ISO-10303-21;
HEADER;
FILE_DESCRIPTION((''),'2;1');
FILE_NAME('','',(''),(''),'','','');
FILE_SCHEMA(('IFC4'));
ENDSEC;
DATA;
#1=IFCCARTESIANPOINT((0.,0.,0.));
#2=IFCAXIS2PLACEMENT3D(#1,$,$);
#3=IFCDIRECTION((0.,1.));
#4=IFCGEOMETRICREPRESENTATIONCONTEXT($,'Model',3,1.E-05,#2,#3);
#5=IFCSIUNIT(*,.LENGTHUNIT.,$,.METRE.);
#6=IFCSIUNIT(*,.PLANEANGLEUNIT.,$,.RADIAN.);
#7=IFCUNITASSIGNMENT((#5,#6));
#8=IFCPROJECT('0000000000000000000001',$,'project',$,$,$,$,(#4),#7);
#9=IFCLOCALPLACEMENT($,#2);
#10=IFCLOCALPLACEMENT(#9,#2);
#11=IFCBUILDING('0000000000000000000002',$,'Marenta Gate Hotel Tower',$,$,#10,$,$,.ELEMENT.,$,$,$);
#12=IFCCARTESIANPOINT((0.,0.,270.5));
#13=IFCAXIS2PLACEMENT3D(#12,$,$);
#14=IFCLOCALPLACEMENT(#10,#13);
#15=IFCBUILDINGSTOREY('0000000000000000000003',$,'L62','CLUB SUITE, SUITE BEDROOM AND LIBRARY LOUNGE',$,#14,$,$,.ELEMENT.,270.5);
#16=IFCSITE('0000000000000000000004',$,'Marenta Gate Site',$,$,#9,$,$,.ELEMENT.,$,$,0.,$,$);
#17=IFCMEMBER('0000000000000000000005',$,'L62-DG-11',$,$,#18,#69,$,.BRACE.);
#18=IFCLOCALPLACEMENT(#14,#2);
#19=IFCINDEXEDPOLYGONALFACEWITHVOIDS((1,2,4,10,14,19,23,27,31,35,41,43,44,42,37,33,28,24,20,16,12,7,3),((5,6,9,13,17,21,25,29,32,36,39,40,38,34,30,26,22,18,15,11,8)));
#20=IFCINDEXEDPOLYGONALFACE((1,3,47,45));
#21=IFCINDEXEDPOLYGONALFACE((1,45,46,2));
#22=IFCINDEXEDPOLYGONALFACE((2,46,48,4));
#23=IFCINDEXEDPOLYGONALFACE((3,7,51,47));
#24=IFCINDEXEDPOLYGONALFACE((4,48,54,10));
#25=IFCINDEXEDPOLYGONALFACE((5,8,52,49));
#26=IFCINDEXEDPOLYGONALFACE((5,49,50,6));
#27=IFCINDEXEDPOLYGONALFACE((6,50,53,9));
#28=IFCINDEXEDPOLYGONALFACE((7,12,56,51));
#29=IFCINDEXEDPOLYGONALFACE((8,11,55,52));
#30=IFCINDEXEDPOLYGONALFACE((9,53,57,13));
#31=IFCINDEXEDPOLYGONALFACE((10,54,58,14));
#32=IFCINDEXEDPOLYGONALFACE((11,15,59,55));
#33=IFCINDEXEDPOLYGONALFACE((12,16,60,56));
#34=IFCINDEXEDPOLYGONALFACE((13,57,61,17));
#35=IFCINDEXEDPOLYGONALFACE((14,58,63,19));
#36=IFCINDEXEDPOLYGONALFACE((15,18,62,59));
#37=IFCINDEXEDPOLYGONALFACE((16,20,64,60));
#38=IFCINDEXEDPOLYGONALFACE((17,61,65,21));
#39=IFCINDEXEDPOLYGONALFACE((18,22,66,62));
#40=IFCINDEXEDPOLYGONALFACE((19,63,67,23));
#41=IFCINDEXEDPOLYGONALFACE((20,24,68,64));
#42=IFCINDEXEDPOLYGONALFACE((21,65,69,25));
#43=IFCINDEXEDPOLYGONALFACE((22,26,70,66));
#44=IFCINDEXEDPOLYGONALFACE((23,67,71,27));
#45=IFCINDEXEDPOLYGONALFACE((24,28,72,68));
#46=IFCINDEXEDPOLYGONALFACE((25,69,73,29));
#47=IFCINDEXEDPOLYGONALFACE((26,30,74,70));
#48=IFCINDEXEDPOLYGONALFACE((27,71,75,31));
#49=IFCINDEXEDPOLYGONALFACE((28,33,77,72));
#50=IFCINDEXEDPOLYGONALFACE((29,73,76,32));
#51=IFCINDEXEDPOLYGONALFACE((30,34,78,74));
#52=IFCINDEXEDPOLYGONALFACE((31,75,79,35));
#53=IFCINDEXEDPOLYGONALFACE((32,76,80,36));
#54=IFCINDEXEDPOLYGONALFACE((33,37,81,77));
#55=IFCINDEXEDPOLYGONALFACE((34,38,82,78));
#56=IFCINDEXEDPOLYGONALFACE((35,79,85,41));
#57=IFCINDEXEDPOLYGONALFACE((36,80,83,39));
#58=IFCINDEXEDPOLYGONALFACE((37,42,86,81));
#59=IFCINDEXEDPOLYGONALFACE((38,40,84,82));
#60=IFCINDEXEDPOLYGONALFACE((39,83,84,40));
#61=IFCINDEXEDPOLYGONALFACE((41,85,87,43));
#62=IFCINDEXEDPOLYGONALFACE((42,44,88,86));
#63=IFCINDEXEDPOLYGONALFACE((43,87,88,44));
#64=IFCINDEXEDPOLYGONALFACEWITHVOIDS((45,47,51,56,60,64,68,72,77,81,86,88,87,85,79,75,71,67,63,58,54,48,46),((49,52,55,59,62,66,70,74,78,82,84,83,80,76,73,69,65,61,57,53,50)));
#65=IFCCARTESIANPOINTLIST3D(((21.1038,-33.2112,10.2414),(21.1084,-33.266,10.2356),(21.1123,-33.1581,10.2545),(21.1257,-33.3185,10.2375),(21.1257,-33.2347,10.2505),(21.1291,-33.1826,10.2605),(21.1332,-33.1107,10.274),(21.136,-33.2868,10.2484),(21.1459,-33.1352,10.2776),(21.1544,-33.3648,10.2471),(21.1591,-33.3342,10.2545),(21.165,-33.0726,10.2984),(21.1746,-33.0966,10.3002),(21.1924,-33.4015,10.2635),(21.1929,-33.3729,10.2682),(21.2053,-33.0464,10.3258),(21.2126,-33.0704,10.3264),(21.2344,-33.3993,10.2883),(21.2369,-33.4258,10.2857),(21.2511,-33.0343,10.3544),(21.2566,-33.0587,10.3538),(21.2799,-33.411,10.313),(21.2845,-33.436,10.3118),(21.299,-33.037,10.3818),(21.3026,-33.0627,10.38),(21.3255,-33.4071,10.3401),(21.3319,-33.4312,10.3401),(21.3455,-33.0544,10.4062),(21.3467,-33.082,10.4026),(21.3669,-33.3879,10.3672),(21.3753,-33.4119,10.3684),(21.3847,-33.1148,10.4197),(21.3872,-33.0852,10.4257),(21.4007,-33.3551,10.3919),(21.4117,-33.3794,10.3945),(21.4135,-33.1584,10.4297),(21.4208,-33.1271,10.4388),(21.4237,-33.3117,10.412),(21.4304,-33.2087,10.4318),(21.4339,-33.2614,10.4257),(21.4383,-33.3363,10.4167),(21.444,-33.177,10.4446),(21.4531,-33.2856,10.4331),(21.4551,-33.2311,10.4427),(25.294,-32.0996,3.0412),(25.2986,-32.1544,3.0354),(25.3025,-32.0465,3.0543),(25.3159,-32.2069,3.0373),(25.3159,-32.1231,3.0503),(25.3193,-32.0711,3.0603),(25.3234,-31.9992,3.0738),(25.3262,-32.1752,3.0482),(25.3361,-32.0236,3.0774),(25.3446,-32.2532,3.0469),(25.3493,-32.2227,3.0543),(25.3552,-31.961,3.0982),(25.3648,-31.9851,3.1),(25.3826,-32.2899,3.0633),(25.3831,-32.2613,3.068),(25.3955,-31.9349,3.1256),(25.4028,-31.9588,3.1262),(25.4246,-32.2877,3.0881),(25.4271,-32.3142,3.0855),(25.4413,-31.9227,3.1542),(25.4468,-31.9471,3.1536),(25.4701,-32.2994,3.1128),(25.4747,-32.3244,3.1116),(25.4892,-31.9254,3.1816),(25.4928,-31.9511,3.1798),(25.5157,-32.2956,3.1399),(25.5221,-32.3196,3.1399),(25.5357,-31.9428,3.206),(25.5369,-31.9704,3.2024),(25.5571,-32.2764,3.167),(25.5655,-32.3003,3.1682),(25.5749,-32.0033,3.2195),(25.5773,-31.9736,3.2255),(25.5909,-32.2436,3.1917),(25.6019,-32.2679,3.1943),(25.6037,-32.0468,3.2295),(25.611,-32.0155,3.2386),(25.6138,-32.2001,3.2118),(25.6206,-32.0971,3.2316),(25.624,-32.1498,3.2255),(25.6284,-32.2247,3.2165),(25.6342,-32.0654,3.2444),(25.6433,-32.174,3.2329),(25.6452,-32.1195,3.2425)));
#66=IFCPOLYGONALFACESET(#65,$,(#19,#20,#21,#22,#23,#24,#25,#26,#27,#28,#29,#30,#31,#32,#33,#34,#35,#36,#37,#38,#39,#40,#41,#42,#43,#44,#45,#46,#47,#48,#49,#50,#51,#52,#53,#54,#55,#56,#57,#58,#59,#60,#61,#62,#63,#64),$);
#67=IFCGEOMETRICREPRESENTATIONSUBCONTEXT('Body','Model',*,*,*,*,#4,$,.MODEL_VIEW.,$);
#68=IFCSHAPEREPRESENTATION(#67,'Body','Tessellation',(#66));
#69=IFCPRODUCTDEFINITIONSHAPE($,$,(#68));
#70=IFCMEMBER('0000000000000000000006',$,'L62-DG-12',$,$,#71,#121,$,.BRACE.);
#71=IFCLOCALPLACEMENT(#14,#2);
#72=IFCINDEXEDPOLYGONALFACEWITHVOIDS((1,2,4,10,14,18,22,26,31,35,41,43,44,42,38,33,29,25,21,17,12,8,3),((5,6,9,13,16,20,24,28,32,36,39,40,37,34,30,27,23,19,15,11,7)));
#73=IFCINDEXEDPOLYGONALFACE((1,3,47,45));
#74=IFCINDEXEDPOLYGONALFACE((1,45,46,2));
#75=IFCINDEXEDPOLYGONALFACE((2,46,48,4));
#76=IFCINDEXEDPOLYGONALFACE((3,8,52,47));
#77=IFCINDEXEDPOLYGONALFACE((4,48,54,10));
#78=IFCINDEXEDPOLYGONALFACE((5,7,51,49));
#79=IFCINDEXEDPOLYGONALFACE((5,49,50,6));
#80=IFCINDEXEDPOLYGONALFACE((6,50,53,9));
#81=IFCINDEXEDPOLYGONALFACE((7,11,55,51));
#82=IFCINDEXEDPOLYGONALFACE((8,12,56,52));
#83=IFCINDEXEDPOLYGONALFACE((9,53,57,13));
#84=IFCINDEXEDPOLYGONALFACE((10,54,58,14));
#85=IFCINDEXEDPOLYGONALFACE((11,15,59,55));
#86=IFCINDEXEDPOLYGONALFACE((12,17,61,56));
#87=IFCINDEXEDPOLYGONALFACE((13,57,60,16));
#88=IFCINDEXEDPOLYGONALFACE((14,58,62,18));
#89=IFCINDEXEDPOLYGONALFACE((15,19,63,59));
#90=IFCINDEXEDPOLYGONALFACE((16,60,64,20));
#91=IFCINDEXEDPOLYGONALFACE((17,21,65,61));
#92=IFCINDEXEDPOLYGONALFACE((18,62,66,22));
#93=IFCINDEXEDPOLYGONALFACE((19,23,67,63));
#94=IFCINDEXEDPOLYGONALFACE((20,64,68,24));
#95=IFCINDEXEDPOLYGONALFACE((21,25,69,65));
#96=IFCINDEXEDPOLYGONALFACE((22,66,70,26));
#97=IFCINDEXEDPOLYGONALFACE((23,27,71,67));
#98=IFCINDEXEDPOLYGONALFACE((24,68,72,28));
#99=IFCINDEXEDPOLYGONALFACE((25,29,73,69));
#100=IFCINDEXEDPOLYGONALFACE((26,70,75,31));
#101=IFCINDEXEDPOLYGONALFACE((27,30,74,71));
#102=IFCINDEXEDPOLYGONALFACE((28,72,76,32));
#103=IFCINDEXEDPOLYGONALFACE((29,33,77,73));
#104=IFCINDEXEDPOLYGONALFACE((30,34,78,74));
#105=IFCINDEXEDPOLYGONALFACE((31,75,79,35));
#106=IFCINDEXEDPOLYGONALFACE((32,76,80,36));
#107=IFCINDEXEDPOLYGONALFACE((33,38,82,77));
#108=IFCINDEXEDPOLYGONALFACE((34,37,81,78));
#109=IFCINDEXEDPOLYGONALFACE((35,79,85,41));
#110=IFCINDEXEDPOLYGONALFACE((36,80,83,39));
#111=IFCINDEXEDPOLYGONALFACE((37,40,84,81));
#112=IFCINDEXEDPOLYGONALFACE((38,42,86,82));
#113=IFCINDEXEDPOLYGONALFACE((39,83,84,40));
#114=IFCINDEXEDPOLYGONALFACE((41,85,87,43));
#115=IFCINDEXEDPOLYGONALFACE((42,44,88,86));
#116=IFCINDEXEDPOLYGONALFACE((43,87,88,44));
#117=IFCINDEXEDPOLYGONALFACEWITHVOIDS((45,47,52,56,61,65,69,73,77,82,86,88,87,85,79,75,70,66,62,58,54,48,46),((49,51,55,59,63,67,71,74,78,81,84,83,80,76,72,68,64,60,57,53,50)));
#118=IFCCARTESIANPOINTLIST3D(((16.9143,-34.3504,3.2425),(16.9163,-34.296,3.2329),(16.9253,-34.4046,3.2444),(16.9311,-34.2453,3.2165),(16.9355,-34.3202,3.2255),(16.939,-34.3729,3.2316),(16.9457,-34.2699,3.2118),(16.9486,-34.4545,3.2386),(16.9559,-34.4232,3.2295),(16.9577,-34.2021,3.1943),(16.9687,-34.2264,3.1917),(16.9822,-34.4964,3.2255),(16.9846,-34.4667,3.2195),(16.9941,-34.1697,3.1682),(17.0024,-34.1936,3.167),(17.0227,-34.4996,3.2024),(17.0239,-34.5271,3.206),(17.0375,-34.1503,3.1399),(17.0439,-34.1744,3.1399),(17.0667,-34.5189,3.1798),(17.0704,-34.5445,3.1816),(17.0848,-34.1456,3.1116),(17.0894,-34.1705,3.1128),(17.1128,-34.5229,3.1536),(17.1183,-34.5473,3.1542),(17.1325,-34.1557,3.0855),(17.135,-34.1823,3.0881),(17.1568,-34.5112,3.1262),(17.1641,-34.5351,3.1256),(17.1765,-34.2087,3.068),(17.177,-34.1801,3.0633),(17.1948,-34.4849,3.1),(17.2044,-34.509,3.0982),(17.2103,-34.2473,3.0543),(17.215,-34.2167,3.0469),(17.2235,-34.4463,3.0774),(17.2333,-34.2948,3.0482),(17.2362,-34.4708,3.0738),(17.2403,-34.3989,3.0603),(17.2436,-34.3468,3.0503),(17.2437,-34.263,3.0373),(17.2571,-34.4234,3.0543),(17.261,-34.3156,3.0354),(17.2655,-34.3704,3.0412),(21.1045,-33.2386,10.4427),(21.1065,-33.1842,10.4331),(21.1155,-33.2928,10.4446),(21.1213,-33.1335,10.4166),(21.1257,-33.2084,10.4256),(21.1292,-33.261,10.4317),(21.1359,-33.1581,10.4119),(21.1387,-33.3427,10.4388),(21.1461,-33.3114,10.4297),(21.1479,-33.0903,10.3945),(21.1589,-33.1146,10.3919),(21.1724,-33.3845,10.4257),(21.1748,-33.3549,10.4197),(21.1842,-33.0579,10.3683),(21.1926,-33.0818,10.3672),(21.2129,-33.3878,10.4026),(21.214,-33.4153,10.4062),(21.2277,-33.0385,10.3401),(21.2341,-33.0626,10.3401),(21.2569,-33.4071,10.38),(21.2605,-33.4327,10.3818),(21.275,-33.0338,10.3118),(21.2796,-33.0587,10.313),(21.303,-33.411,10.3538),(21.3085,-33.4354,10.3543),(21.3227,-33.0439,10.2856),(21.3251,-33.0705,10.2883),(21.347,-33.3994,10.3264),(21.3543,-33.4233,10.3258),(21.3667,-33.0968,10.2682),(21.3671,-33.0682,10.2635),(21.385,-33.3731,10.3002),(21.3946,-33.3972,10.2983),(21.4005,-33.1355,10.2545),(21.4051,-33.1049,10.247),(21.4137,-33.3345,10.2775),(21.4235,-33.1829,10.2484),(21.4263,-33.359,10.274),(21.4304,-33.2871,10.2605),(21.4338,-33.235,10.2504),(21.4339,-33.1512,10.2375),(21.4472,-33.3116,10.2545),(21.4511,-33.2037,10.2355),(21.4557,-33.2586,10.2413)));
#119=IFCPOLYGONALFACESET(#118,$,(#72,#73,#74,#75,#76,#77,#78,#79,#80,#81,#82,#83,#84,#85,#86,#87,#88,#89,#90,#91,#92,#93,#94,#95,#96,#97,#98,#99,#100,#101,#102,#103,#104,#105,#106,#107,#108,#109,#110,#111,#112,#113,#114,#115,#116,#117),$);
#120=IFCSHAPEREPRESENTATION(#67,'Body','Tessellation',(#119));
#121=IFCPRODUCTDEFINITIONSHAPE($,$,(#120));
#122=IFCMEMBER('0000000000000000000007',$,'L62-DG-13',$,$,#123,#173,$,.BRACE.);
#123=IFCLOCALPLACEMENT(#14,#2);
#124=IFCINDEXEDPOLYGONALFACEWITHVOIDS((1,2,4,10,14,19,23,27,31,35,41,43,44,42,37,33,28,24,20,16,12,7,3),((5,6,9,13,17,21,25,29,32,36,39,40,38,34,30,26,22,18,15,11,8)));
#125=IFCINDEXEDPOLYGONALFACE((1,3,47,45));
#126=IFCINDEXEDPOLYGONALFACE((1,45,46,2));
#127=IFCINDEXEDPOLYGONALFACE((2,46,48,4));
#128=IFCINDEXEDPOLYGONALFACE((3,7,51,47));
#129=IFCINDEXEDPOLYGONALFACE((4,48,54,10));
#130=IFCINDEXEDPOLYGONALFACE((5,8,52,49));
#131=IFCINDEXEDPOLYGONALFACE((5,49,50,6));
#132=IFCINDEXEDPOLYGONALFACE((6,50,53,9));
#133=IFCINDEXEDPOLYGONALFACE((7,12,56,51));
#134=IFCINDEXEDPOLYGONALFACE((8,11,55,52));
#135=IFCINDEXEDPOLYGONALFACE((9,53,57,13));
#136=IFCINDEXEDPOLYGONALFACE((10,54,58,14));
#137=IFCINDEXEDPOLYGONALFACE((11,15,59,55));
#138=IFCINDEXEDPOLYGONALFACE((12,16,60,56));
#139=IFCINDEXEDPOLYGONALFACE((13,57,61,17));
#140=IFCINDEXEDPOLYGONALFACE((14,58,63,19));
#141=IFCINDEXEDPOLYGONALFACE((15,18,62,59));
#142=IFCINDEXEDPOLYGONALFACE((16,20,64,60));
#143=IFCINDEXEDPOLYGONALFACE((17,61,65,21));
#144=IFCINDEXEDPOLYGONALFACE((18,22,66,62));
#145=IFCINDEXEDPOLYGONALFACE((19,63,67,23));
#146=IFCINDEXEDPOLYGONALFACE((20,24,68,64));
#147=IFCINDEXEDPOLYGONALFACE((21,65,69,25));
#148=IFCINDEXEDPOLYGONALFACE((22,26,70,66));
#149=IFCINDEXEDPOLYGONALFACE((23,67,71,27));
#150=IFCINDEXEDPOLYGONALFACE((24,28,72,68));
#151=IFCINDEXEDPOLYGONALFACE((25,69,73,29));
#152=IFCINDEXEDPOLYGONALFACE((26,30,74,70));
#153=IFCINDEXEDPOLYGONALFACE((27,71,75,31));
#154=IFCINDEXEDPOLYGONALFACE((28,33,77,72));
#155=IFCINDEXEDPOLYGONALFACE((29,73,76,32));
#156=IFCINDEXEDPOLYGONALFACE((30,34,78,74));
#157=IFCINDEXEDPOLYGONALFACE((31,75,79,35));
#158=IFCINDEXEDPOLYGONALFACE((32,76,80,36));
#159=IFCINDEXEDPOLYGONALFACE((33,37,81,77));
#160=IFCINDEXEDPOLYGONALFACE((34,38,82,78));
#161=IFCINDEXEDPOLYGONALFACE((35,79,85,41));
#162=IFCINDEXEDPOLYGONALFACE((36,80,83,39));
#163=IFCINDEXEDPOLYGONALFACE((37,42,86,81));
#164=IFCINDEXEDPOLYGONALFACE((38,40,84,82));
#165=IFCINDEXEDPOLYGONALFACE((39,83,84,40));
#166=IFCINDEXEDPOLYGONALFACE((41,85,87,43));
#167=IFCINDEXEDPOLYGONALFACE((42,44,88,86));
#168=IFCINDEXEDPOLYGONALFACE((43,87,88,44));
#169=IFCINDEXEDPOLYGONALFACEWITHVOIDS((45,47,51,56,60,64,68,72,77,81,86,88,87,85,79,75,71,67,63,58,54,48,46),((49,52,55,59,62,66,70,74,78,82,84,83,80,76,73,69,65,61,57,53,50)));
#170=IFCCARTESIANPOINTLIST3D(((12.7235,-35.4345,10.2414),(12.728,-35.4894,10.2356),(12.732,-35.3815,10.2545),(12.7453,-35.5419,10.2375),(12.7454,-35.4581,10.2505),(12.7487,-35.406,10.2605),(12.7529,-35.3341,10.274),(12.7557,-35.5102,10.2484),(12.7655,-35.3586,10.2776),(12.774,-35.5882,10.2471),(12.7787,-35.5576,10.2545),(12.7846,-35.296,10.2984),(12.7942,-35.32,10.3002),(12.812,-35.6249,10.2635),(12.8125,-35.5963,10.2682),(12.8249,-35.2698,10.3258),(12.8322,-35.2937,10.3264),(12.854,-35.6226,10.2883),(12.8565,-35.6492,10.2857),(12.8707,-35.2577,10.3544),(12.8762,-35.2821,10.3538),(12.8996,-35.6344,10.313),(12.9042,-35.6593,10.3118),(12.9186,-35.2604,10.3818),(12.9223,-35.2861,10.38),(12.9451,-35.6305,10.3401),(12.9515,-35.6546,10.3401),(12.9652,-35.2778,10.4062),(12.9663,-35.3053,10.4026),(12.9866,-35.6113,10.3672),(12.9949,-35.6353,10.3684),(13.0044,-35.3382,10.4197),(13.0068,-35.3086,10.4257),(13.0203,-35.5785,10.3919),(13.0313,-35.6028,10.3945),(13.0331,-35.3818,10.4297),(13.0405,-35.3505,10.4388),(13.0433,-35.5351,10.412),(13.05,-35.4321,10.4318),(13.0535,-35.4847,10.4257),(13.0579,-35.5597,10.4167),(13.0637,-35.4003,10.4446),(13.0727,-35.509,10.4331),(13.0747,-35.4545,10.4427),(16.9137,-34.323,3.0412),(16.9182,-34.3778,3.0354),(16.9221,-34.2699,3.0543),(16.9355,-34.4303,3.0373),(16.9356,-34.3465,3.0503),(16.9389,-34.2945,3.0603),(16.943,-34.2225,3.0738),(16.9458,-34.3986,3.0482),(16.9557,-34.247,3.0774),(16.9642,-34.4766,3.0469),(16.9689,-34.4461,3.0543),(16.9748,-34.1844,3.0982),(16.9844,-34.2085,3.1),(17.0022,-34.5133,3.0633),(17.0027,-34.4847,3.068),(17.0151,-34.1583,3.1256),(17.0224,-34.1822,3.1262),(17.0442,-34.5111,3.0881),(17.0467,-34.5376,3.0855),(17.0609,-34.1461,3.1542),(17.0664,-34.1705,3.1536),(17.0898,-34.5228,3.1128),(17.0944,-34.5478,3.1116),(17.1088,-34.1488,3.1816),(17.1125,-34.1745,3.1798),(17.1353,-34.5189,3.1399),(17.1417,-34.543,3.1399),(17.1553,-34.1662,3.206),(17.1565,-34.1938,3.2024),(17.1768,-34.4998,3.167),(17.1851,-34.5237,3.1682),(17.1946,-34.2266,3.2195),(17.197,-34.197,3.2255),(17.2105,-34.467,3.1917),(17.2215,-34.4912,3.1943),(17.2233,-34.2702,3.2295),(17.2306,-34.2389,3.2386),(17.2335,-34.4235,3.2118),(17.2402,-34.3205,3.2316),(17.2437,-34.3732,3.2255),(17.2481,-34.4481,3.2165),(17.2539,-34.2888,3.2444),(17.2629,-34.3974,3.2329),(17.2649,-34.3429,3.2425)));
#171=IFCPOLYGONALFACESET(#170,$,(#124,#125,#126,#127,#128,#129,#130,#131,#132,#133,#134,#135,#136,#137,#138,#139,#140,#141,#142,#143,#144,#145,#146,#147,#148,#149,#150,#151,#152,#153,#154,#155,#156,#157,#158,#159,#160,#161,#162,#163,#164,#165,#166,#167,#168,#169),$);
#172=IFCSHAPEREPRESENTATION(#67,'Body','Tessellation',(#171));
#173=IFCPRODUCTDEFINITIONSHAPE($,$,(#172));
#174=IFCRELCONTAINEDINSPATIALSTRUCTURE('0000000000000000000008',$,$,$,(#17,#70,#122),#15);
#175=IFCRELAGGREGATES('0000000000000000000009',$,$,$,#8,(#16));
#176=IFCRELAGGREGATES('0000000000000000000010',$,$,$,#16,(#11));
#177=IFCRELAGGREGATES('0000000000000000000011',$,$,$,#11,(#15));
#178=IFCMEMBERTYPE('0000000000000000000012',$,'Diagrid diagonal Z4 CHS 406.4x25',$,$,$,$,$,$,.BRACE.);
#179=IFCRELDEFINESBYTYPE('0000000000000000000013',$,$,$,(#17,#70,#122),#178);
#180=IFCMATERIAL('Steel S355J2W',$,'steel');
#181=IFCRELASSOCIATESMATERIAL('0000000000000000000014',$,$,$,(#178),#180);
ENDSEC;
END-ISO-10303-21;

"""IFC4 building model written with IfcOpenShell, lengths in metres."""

from ifc_helpers import new_model, si_unit, direction, frame, origin, origin_2d, place, context, subcontext, project, spatial, hollow_circle, extrude, material, material_profile, profile_set, type_object, element, save


model = new_model("IFC4")

# Units and contexts
model_context = context("Model", 3, precision=1e-05, world=origin(), true_north=direction((0.0, 1.0)))
body_context = subcontext(model_context, "Body", "Model", "MODEL_VIEW")
ifc_project = project(units=[si_unit("LENGTHUNIT", "METRE"), si_unit("PLANEANGLEUNIT", "RADIAN")], contexts=[model_context])

# Site, building, storey
site_placement = place(None, origin())
site = spatial("IfcSite", under=ifc_project, at=site_placement, Name="Marenta Gate Site", CompositionType="ELEMENT", RefElevation=0.0)
building_placement = place(site_placement, origin())
building = spatial("IfcBuilding", under=site, at=building_placement, Name="Marenta Gate Hotel Tower", CompositionType="ELEMENT")
storey_placement = place(building_placement, frame((0.0, 0.0, 270.5)))
storey = spatial("IfcBuildingStorey", under=building, at=storey_placement, Name="L62", Description="CLUB SUITE, SUITE BEDROOM AND LIBRARY LOUNGE", CompositionType="ELEMENT", Elevation=270.5)

# Members
ifc_material_1 = material(Name="Steel S355J2W", Category="steel")
ifc_material_profile_1 = material_profile(ifc_material_1, hollow_circle(Radius=0.2031, WallThickness=0.0249, at=origin_2d()), Name="CHS 406.4x25")
ifc_profile_set_1 = profile_set([ifc_material_profile_1], Name="Steel S355J2W")
member_type_1 = type_object("IfcMemberType", Name="Diagrid diagonal Z4 CHS 406.4x25", PredefinedType="BRACE", material=ifc_profile_set_1)
for number, where, z_axis, x_axis, name in (
    (1, (25.47, -32.1233, 3.1399), (-0.498563, -0.132259, 0.856704), (0.256411, -0.966568, 0.0), "L62-DG-11"),
    (2, (17.0896, -34.3467, 3.1399), (0.498561, 0.132287, 0.856701), (-0.256464, 0.966554, 0.0), "L62-DG-12"),
    (3, (17.0896, -34.3467, 3.1399), (-0.498563, -0.132259, 0.856704), (0.256411, -0.966568, 0.0), "L62-DG-13"),
):
    element("IfcMember", number, at=place(storey_placement, frame(where, z_axis=z_axis, x_axis=x_axis)), inside=storey, type_object=member_type_1, Name=name, PredefinedType="BRACE", context=body_context, shape_type="SweptSolid", body=[
        extrude(hollow_circle(Radius=0.2031, WallThickness=0.0249, at=origin_2d()), origin(), (0.0, 0.0, 1.0), 8.4045),
    ])

save(model, "model.ifc")
